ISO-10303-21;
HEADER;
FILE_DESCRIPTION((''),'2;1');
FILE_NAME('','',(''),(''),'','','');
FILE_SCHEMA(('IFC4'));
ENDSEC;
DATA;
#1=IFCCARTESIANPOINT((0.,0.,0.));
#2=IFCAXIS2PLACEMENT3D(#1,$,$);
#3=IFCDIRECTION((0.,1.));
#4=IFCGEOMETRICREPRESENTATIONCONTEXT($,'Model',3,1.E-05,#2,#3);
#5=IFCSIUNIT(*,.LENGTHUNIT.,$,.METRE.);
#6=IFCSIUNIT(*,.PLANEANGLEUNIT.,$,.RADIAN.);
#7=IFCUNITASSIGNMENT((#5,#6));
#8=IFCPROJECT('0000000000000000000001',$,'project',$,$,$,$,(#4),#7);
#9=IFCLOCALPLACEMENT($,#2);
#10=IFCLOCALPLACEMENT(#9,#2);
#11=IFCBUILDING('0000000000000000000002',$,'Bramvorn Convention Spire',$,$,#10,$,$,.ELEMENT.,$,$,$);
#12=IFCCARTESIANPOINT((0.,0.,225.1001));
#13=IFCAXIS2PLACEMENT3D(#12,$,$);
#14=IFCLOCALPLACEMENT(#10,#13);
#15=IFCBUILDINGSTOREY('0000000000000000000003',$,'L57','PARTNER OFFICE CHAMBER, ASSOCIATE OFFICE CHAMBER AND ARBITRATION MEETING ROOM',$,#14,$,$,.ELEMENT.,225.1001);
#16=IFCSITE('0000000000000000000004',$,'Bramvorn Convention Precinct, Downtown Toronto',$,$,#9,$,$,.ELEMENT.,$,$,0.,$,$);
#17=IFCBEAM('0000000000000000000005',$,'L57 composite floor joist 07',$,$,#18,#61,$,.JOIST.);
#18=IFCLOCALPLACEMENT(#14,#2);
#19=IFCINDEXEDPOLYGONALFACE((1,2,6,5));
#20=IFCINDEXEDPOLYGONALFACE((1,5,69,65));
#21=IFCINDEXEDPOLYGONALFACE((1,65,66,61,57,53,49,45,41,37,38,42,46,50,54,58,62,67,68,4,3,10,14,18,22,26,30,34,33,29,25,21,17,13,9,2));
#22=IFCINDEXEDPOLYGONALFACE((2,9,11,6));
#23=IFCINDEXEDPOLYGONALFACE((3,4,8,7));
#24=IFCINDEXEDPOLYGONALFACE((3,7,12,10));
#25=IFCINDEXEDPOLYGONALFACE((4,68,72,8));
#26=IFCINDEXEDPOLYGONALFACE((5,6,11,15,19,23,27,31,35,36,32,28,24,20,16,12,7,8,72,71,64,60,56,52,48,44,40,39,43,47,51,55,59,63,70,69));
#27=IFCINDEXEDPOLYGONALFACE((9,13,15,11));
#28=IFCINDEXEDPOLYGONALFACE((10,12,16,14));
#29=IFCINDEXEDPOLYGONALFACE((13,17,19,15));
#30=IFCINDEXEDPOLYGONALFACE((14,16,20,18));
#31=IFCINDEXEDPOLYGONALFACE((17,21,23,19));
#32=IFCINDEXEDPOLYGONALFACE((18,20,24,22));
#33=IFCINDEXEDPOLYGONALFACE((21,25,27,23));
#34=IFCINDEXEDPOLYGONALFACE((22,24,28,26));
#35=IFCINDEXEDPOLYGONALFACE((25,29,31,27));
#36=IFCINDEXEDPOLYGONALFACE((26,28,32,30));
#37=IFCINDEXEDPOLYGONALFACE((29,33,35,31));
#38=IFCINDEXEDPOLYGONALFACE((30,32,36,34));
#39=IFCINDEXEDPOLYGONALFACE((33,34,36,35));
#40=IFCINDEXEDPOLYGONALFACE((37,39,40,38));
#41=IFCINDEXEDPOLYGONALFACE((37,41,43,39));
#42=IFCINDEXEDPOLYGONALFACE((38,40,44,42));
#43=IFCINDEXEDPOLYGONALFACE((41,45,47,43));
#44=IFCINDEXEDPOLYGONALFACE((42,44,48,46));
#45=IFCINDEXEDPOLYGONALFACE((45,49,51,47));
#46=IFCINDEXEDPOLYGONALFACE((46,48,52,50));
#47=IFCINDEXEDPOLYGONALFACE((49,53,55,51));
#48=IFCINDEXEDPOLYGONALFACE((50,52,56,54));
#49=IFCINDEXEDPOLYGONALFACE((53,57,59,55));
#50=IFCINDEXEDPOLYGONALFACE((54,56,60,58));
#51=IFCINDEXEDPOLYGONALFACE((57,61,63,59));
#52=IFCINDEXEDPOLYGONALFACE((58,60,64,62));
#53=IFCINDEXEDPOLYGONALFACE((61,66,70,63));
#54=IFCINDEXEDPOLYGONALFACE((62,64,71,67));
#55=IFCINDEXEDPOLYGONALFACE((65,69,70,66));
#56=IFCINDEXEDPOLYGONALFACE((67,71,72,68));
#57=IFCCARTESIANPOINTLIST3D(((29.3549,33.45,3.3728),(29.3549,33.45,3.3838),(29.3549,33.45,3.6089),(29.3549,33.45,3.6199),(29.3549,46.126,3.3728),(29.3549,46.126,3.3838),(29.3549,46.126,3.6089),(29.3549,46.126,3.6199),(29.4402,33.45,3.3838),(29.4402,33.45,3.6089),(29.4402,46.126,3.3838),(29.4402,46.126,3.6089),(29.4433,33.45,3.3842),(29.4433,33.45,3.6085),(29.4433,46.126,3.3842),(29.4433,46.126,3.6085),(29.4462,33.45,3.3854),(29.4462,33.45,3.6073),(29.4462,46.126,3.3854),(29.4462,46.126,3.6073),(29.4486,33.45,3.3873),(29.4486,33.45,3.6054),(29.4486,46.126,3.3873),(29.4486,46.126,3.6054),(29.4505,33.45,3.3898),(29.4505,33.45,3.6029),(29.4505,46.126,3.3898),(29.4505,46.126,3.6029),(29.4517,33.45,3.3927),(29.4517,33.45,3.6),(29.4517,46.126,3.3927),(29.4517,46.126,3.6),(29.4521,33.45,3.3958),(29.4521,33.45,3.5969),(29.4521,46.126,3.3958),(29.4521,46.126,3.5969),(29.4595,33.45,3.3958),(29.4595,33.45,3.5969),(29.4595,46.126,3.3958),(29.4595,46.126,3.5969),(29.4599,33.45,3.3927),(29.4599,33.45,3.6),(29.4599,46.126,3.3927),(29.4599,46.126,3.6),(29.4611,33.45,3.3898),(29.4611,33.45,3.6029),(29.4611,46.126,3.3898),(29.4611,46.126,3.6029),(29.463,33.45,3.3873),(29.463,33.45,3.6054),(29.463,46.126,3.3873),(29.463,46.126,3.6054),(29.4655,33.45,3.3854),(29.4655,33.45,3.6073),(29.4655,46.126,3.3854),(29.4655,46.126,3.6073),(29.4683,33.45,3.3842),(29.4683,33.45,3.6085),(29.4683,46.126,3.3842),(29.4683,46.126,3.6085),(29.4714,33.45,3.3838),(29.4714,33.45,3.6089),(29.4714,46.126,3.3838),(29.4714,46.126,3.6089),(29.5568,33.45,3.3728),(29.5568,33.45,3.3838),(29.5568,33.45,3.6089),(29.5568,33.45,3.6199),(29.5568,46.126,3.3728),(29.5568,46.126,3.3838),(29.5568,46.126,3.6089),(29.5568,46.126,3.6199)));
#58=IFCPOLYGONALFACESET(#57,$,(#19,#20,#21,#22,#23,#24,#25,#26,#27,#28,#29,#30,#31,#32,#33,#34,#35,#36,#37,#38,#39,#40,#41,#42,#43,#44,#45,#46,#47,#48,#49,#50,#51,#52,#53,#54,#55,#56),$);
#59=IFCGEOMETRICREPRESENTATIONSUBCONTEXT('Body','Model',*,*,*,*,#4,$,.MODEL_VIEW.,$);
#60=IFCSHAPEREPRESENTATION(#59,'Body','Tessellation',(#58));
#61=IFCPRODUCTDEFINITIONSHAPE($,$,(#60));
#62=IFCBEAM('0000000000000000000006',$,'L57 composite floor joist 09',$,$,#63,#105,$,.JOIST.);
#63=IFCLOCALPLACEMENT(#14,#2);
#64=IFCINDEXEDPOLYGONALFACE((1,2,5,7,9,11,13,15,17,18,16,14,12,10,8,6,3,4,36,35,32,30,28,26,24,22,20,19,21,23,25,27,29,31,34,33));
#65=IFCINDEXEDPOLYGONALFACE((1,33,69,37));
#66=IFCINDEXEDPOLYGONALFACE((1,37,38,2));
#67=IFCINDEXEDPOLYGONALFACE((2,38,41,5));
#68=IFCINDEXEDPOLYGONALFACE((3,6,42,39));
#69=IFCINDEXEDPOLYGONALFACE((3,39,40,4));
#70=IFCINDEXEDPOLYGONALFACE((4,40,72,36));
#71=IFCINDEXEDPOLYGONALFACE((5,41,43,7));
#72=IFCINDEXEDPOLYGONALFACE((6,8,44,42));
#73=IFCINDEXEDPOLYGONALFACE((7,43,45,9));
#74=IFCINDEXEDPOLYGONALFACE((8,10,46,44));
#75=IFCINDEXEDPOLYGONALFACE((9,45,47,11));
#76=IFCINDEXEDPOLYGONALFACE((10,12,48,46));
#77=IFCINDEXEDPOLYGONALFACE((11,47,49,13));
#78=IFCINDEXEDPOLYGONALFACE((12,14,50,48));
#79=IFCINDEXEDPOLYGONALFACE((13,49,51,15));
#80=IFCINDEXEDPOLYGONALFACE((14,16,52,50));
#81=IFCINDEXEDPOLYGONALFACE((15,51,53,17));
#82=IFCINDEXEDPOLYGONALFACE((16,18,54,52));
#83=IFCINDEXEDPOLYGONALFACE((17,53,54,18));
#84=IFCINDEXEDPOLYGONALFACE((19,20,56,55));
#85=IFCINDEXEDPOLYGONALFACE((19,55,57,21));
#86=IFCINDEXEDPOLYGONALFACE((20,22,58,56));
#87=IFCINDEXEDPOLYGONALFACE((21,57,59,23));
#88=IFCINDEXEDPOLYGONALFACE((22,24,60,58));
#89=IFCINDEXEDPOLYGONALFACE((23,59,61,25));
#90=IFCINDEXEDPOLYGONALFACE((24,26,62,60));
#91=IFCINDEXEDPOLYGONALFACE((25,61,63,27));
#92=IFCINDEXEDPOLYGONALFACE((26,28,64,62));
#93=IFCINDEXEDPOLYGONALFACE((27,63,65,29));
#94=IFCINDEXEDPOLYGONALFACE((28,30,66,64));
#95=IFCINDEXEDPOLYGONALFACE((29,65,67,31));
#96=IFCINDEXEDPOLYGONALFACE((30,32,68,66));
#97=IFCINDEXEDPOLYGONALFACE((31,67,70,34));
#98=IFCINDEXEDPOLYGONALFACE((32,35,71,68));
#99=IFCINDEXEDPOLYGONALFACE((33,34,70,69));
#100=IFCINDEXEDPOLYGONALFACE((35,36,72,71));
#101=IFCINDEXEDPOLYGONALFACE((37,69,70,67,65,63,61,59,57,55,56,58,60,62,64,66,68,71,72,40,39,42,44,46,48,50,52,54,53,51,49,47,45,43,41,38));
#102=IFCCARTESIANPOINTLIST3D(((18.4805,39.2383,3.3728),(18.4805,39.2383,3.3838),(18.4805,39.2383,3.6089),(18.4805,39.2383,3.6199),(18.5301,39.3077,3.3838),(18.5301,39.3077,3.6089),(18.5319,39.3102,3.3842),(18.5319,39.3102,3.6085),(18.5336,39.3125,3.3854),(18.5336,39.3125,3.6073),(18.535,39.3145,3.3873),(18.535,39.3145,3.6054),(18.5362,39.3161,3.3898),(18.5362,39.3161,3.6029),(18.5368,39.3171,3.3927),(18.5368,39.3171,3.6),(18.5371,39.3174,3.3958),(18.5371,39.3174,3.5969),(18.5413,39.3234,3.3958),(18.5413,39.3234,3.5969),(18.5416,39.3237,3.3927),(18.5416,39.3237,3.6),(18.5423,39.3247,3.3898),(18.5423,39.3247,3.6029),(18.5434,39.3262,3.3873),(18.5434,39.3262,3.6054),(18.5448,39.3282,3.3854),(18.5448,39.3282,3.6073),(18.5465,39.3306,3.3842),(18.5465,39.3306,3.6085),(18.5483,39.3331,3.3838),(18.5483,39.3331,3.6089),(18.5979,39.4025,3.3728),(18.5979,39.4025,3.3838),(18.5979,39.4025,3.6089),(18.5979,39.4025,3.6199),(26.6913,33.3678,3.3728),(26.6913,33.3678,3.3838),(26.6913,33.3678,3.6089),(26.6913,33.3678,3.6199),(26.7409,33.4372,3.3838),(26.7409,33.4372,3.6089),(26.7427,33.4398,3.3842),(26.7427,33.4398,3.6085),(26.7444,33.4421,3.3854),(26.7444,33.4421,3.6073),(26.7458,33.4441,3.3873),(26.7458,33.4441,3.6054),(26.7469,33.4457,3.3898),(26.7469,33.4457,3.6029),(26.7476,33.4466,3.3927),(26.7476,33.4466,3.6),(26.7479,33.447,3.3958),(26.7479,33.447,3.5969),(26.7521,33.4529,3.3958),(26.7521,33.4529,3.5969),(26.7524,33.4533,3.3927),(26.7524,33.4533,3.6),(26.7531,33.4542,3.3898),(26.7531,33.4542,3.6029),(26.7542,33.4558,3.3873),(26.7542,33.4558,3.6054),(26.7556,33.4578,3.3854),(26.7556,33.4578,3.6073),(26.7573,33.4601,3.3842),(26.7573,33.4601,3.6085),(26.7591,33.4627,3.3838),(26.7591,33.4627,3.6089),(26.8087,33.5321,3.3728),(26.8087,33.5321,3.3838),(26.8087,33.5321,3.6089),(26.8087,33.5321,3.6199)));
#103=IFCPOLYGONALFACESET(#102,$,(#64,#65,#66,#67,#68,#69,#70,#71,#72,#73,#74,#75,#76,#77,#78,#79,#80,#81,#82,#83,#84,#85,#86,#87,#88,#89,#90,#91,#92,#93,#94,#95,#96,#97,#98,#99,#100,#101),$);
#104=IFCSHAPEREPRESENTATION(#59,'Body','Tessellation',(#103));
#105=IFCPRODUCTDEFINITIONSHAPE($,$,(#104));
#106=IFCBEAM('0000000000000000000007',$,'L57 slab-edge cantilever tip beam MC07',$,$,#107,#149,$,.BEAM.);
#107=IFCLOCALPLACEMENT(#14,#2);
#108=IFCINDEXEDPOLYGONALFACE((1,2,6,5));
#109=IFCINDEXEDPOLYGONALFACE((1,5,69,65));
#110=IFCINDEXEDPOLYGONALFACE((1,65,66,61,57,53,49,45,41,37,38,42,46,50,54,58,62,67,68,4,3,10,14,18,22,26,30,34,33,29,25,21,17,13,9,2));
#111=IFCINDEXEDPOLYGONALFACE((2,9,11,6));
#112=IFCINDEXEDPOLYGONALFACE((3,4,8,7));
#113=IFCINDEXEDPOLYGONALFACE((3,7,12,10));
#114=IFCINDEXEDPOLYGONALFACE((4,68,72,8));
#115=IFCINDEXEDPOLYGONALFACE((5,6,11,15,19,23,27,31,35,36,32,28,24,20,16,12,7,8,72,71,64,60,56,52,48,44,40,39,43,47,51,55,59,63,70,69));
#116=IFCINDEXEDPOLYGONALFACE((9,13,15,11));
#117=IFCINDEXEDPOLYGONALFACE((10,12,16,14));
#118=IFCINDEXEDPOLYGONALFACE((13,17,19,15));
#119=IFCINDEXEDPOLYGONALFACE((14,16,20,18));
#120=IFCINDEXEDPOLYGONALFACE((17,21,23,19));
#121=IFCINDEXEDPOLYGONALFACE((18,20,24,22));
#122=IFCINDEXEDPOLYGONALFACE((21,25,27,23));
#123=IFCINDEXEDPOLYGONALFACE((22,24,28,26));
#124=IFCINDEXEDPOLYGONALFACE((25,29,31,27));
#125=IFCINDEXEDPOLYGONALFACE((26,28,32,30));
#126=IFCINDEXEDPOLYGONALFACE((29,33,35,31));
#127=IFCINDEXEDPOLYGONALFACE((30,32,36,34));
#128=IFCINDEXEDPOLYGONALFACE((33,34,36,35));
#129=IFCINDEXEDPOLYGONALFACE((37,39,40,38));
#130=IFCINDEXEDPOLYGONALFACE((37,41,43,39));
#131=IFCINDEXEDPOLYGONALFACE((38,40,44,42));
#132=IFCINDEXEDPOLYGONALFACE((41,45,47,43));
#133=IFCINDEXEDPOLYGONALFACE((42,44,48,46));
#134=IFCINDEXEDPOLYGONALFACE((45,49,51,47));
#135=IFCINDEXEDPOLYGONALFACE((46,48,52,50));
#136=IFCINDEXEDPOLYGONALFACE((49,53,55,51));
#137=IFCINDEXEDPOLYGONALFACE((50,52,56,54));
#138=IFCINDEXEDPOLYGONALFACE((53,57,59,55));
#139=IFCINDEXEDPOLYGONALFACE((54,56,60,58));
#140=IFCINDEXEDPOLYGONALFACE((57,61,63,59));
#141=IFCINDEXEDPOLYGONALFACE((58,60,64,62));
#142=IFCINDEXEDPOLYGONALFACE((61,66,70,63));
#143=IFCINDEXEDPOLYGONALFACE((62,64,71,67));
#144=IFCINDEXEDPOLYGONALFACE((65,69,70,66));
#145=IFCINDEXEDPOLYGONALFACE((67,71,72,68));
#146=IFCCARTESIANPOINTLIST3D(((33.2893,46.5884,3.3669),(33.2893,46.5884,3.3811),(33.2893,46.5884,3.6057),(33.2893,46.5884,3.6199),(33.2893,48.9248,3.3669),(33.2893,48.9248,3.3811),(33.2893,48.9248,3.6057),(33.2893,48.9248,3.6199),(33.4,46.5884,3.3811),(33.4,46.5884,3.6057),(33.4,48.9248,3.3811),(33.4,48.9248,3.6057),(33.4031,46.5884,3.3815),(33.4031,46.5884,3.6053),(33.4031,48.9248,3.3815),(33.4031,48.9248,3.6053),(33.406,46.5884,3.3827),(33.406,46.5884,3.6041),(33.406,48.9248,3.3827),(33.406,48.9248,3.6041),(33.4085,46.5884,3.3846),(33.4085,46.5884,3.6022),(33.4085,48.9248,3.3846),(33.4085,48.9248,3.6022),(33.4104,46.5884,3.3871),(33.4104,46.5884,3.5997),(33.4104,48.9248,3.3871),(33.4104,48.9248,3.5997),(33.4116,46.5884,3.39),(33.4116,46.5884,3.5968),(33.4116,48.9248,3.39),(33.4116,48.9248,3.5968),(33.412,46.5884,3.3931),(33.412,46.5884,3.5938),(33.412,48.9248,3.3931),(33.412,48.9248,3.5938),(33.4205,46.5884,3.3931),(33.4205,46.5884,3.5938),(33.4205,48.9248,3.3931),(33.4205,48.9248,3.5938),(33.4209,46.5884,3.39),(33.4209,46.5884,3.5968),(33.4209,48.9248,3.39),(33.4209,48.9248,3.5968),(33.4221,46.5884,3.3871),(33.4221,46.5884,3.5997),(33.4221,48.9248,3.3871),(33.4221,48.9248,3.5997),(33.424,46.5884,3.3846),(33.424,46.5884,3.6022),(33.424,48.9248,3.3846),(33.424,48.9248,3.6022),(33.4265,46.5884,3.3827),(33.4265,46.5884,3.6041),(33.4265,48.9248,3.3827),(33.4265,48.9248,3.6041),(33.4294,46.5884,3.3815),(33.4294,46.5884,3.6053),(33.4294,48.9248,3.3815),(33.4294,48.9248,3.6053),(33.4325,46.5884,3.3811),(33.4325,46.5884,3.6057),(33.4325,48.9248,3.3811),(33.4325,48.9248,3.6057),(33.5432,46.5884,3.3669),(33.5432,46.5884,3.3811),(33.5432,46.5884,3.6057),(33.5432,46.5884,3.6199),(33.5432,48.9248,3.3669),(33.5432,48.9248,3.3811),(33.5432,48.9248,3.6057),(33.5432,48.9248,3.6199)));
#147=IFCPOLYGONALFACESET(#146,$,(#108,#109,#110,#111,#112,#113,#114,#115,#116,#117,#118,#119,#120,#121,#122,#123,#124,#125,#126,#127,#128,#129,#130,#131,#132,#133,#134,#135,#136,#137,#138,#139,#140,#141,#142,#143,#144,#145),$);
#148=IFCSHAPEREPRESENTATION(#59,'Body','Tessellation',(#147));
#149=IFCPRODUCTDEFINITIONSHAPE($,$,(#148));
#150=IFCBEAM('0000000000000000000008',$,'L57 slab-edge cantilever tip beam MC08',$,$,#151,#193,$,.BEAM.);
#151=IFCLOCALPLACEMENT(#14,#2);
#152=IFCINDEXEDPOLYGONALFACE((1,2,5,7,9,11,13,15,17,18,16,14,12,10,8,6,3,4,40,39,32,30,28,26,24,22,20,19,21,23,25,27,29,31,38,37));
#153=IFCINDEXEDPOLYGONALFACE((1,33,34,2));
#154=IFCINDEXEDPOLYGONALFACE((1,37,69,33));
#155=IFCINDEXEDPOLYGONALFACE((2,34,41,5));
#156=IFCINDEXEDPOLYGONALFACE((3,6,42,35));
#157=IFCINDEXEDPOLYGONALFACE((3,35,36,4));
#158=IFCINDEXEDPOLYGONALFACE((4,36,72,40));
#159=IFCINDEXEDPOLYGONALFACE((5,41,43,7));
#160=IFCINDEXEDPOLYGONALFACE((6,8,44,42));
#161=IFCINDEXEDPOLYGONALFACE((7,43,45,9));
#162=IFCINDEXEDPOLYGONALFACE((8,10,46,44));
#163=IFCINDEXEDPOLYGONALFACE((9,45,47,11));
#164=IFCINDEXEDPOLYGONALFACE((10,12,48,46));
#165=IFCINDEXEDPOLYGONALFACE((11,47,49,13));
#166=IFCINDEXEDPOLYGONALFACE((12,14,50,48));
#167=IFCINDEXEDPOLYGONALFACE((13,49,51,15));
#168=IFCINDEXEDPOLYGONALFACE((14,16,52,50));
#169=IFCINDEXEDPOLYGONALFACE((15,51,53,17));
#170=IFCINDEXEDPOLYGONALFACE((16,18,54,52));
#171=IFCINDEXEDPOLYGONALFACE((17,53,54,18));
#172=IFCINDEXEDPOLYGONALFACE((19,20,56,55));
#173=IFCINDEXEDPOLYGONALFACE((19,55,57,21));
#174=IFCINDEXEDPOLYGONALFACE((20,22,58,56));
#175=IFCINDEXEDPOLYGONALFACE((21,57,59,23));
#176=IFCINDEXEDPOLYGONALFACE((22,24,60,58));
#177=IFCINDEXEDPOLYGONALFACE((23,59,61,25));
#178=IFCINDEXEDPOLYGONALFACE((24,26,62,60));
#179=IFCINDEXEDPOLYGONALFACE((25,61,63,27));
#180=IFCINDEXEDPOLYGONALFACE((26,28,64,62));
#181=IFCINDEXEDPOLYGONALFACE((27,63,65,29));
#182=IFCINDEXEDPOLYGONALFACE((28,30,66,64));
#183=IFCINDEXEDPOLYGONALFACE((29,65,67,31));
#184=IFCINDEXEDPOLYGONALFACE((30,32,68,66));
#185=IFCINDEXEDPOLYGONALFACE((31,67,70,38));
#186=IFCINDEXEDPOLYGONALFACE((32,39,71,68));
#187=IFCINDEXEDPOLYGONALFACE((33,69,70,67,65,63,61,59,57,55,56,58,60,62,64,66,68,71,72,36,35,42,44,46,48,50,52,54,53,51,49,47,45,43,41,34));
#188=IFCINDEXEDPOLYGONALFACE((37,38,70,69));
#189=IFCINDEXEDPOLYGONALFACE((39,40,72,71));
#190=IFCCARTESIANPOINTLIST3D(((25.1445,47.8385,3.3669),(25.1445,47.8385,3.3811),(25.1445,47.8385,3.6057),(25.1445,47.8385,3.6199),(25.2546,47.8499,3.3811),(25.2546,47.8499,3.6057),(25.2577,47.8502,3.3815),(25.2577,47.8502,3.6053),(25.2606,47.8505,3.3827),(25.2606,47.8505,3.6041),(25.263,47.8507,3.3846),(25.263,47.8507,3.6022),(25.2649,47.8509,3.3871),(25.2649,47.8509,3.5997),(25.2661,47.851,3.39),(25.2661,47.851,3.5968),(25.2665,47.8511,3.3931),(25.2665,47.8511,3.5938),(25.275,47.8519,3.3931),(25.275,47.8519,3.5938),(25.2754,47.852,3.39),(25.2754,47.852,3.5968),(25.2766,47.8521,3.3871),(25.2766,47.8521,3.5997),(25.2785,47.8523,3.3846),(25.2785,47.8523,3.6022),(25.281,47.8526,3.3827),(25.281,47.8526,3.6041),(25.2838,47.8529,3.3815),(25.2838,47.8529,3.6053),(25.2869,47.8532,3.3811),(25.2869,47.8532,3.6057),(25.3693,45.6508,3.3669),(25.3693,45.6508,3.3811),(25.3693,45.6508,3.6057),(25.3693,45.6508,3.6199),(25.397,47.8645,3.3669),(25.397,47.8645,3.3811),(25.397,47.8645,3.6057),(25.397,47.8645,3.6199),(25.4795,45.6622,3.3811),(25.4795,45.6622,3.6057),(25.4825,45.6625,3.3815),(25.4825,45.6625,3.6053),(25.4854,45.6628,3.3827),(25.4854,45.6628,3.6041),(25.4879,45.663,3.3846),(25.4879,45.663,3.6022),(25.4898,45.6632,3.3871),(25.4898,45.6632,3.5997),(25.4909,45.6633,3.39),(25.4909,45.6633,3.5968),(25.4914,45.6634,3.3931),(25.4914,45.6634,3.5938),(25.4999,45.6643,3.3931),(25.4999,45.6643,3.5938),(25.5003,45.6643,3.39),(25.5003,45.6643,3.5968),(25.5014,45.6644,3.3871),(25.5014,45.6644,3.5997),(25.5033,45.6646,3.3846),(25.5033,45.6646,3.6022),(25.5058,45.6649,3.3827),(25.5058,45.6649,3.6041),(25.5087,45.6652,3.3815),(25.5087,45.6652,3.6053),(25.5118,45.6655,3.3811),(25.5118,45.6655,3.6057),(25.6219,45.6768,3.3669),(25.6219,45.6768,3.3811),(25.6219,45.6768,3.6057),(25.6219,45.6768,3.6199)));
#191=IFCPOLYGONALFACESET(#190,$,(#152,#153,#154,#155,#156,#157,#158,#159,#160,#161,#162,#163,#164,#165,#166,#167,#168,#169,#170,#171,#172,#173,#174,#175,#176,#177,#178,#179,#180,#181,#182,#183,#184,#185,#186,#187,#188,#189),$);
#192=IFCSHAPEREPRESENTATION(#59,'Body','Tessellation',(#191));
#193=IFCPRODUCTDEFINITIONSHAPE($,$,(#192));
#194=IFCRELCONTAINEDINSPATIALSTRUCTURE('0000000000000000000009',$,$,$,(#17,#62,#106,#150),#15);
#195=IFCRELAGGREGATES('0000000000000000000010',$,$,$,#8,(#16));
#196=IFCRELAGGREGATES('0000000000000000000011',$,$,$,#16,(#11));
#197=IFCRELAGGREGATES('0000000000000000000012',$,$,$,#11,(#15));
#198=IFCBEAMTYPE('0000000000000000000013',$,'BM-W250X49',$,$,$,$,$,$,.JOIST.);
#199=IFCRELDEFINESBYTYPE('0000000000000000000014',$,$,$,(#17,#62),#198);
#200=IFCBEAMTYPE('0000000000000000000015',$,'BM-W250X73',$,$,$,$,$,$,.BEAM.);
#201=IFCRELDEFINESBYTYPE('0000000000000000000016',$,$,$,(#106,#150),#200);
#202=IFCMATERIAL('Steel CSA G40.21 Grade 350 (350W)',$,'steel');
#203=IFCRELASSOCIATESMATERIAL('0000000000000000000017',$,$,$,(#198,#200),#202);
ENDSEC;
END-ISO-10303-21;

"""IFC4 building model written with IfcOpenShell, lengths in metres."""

from ifc_helpers import new_model, si_unit, direction, frame, origin, origin_2d, place, context, subcontext, project, spatial, i_section, extrude, material, material_profile, profile_set, type_object, element, save


model = new_model("IFC4")

# Units and contexts
model_context = context("Model", 3, precision=1e-05, world=origin(), true_north=direction((0.0, 1.0)))
body_context = subcontext(model_context, "Body", "Model", "MODEL_VIEW")
ifc_project = project(units=[si_unit("LENGTHUNIT", "METRE"), si_unit("PLANEANGLEUNIT", "RADIAN")], contexts=[model_context])

# Site, building, storey
site_placement = place(None, origin())
site = spatial("IfcSite", under=ifc_project, at=site_placement, Name="Bramvorn Convention Precinct, Downtown Toronto", CompositionType="ELEMENT", RefElevation=0.0)
building_placement = place(site_placement, origin())
building = spatial("IfcBuilding", under=site, at=building_placement, Name="Bramvorn Convention Spire", CompositionType="ELEMENT")
storey_placement = place(building_placement, frame((0.0, 0.0, 225.1001)))
storey = spatial("IfcBuildingStorey", under=building, at=storey_placement, Name="L57", Description="PARTNER OFFICE CHAMBER, ASSOCIATE OFFICE CHAMBER AND ARBITRATION MEETING ROOM", CompositionType="ELEMENT", Elevation=225.1001)

# Shared definitions
ifc_material_1 = material(Name="Steel CSA G40.21 Grade 350 (350W)", Category="steel")

# Beams
ifc_material_profile_1 = material_profile(ifc_material_1, i_section(OverallWidth=0.2019, OverallDepth=0.2471, WebThickness=0.0073, FlangeThickness=0.011, FilletRadius=0.012, at=origin_2d()))
ifc_profile_set_1 = profile_set([ifc_material_profile_1], Name="Steel CSA G40.21 Grade 350 (350W) - W250X49")
beam_type_1 = type_object("IfcBeamType", Name="BM-W250X49", PredefinedType="JOIST", material=ifc_profile_set_1)
beam_1_placement = place(storey_placement, frame((29.4558, 33.45, 3.4963), z_axis=(0.0, 1.0, 0.0), x_axis=(-1.0, 0.0, 0.0)))
element("IfcBeam", 1, at=beam_1_placement, inside=storey, type_object=beam_type_1, Name="L57 composite floor joist 07", PredefinedType="JOIST", context=body_context, shape_type="SweptSolid", body=[
    extrude(i_section(OverallWidth=0.2019, OverallDepth=0.2471, WebThickness=0.0073, FlangeThickness=0.011, FilletRadius=0.012, at=origin_2d()), origin(), (0.0, 0.0, 1.0), 12.676),
])
beam_2_placement = place(storey_placement, frame((26.75, 33.45, 3.4963), z_axis=(-0.813472, 0.581604, 0.0), x_axis=(-0.581604, -0.813472, 0.0)))
element("IfcBeam", 2, at=beam_2_placement, inside=storey, type_object=beam_type_1, Name="L57 composite floor joist 09", PredefinedType="JOIST", context=body_context, shape_type="SweptSolid", body=[
    extrude(i_section(OverallWidth=0.2019, OverallDepth=0.2471, WebThickness=0.0073, FlangeThickness=0.011, FilletRadius=0.012, at=origin_2d()), origin(), (0.0, 0.0, 1.0), 10.0935),
])
ifc_material_profile_2 = material_profile(ifc_material_1, i_section(OverallWidth=0.2539, OverallDepth=0.2529, WebThickness=0.0085, FlangeThickness=0.0142, FilletRadius=0.012, at=origin_2d()))
ifc_profile_set_2 = profile_set([ifc_material_profile_2], Name="Steel CSA G40.21 Grade 350 (350W) - W250X73")
beam_type_2 = type_object("IfcBeamType", Name="BM-W250X73", PredefinedType="BEAM", material=ifc_profile_set_2)
beam_3_placement = place(storey_placement, frame((33.4163, 46.5884, 3.4934), z_axis=(0.0, 1.0, 0.0), x_axis=(-1.0, 0.0, 0.0)))
element("IfcBeam", 3, at=beam_3_placement, inside=storey, type_object=beam_type_2, Name="L57 slab-edge cantilever tip beam MC07", PredefinedType="BEAM", context=body_context, shape_type="SweptSolid", body=[
    extrude(i_section(OverallWidth=0.2539, OverallDepth=0.2529, WebThickness=0.0085, FlangeThickness=0.0142, FilletRadius=0.012, at=origin_2d()), origin(), (0.0, 0.0, 1.0), 2.3364),
])
beam_4_placement = place(storey_placement, frame((25.4956, 45.6638, 3.4934), z_axis=(-0.10224, 0.99476, 0.0), x_axis=(-0.99476, -0.10224, 0.0)))
element("IfcBeam", 4, at=beam_4_placement, inside=storey, type_object=beam_type_2, Name="L57 slab-edge cantilever tip beam MC08", PredefinedType="BEAM", context=body_context, shape_type="SweptSolid", body=[
    extrude(i_section(OverallWidth=0.2539, OverallDepth=0.2529, WebThickness=0.0085, FlangeThickness=0.0142, FilletRadius=0.012, at=origin_2d()), origin(), (0.0, 0.0, 1.0), 2.1992),
])

save(model, "model.ifc")
